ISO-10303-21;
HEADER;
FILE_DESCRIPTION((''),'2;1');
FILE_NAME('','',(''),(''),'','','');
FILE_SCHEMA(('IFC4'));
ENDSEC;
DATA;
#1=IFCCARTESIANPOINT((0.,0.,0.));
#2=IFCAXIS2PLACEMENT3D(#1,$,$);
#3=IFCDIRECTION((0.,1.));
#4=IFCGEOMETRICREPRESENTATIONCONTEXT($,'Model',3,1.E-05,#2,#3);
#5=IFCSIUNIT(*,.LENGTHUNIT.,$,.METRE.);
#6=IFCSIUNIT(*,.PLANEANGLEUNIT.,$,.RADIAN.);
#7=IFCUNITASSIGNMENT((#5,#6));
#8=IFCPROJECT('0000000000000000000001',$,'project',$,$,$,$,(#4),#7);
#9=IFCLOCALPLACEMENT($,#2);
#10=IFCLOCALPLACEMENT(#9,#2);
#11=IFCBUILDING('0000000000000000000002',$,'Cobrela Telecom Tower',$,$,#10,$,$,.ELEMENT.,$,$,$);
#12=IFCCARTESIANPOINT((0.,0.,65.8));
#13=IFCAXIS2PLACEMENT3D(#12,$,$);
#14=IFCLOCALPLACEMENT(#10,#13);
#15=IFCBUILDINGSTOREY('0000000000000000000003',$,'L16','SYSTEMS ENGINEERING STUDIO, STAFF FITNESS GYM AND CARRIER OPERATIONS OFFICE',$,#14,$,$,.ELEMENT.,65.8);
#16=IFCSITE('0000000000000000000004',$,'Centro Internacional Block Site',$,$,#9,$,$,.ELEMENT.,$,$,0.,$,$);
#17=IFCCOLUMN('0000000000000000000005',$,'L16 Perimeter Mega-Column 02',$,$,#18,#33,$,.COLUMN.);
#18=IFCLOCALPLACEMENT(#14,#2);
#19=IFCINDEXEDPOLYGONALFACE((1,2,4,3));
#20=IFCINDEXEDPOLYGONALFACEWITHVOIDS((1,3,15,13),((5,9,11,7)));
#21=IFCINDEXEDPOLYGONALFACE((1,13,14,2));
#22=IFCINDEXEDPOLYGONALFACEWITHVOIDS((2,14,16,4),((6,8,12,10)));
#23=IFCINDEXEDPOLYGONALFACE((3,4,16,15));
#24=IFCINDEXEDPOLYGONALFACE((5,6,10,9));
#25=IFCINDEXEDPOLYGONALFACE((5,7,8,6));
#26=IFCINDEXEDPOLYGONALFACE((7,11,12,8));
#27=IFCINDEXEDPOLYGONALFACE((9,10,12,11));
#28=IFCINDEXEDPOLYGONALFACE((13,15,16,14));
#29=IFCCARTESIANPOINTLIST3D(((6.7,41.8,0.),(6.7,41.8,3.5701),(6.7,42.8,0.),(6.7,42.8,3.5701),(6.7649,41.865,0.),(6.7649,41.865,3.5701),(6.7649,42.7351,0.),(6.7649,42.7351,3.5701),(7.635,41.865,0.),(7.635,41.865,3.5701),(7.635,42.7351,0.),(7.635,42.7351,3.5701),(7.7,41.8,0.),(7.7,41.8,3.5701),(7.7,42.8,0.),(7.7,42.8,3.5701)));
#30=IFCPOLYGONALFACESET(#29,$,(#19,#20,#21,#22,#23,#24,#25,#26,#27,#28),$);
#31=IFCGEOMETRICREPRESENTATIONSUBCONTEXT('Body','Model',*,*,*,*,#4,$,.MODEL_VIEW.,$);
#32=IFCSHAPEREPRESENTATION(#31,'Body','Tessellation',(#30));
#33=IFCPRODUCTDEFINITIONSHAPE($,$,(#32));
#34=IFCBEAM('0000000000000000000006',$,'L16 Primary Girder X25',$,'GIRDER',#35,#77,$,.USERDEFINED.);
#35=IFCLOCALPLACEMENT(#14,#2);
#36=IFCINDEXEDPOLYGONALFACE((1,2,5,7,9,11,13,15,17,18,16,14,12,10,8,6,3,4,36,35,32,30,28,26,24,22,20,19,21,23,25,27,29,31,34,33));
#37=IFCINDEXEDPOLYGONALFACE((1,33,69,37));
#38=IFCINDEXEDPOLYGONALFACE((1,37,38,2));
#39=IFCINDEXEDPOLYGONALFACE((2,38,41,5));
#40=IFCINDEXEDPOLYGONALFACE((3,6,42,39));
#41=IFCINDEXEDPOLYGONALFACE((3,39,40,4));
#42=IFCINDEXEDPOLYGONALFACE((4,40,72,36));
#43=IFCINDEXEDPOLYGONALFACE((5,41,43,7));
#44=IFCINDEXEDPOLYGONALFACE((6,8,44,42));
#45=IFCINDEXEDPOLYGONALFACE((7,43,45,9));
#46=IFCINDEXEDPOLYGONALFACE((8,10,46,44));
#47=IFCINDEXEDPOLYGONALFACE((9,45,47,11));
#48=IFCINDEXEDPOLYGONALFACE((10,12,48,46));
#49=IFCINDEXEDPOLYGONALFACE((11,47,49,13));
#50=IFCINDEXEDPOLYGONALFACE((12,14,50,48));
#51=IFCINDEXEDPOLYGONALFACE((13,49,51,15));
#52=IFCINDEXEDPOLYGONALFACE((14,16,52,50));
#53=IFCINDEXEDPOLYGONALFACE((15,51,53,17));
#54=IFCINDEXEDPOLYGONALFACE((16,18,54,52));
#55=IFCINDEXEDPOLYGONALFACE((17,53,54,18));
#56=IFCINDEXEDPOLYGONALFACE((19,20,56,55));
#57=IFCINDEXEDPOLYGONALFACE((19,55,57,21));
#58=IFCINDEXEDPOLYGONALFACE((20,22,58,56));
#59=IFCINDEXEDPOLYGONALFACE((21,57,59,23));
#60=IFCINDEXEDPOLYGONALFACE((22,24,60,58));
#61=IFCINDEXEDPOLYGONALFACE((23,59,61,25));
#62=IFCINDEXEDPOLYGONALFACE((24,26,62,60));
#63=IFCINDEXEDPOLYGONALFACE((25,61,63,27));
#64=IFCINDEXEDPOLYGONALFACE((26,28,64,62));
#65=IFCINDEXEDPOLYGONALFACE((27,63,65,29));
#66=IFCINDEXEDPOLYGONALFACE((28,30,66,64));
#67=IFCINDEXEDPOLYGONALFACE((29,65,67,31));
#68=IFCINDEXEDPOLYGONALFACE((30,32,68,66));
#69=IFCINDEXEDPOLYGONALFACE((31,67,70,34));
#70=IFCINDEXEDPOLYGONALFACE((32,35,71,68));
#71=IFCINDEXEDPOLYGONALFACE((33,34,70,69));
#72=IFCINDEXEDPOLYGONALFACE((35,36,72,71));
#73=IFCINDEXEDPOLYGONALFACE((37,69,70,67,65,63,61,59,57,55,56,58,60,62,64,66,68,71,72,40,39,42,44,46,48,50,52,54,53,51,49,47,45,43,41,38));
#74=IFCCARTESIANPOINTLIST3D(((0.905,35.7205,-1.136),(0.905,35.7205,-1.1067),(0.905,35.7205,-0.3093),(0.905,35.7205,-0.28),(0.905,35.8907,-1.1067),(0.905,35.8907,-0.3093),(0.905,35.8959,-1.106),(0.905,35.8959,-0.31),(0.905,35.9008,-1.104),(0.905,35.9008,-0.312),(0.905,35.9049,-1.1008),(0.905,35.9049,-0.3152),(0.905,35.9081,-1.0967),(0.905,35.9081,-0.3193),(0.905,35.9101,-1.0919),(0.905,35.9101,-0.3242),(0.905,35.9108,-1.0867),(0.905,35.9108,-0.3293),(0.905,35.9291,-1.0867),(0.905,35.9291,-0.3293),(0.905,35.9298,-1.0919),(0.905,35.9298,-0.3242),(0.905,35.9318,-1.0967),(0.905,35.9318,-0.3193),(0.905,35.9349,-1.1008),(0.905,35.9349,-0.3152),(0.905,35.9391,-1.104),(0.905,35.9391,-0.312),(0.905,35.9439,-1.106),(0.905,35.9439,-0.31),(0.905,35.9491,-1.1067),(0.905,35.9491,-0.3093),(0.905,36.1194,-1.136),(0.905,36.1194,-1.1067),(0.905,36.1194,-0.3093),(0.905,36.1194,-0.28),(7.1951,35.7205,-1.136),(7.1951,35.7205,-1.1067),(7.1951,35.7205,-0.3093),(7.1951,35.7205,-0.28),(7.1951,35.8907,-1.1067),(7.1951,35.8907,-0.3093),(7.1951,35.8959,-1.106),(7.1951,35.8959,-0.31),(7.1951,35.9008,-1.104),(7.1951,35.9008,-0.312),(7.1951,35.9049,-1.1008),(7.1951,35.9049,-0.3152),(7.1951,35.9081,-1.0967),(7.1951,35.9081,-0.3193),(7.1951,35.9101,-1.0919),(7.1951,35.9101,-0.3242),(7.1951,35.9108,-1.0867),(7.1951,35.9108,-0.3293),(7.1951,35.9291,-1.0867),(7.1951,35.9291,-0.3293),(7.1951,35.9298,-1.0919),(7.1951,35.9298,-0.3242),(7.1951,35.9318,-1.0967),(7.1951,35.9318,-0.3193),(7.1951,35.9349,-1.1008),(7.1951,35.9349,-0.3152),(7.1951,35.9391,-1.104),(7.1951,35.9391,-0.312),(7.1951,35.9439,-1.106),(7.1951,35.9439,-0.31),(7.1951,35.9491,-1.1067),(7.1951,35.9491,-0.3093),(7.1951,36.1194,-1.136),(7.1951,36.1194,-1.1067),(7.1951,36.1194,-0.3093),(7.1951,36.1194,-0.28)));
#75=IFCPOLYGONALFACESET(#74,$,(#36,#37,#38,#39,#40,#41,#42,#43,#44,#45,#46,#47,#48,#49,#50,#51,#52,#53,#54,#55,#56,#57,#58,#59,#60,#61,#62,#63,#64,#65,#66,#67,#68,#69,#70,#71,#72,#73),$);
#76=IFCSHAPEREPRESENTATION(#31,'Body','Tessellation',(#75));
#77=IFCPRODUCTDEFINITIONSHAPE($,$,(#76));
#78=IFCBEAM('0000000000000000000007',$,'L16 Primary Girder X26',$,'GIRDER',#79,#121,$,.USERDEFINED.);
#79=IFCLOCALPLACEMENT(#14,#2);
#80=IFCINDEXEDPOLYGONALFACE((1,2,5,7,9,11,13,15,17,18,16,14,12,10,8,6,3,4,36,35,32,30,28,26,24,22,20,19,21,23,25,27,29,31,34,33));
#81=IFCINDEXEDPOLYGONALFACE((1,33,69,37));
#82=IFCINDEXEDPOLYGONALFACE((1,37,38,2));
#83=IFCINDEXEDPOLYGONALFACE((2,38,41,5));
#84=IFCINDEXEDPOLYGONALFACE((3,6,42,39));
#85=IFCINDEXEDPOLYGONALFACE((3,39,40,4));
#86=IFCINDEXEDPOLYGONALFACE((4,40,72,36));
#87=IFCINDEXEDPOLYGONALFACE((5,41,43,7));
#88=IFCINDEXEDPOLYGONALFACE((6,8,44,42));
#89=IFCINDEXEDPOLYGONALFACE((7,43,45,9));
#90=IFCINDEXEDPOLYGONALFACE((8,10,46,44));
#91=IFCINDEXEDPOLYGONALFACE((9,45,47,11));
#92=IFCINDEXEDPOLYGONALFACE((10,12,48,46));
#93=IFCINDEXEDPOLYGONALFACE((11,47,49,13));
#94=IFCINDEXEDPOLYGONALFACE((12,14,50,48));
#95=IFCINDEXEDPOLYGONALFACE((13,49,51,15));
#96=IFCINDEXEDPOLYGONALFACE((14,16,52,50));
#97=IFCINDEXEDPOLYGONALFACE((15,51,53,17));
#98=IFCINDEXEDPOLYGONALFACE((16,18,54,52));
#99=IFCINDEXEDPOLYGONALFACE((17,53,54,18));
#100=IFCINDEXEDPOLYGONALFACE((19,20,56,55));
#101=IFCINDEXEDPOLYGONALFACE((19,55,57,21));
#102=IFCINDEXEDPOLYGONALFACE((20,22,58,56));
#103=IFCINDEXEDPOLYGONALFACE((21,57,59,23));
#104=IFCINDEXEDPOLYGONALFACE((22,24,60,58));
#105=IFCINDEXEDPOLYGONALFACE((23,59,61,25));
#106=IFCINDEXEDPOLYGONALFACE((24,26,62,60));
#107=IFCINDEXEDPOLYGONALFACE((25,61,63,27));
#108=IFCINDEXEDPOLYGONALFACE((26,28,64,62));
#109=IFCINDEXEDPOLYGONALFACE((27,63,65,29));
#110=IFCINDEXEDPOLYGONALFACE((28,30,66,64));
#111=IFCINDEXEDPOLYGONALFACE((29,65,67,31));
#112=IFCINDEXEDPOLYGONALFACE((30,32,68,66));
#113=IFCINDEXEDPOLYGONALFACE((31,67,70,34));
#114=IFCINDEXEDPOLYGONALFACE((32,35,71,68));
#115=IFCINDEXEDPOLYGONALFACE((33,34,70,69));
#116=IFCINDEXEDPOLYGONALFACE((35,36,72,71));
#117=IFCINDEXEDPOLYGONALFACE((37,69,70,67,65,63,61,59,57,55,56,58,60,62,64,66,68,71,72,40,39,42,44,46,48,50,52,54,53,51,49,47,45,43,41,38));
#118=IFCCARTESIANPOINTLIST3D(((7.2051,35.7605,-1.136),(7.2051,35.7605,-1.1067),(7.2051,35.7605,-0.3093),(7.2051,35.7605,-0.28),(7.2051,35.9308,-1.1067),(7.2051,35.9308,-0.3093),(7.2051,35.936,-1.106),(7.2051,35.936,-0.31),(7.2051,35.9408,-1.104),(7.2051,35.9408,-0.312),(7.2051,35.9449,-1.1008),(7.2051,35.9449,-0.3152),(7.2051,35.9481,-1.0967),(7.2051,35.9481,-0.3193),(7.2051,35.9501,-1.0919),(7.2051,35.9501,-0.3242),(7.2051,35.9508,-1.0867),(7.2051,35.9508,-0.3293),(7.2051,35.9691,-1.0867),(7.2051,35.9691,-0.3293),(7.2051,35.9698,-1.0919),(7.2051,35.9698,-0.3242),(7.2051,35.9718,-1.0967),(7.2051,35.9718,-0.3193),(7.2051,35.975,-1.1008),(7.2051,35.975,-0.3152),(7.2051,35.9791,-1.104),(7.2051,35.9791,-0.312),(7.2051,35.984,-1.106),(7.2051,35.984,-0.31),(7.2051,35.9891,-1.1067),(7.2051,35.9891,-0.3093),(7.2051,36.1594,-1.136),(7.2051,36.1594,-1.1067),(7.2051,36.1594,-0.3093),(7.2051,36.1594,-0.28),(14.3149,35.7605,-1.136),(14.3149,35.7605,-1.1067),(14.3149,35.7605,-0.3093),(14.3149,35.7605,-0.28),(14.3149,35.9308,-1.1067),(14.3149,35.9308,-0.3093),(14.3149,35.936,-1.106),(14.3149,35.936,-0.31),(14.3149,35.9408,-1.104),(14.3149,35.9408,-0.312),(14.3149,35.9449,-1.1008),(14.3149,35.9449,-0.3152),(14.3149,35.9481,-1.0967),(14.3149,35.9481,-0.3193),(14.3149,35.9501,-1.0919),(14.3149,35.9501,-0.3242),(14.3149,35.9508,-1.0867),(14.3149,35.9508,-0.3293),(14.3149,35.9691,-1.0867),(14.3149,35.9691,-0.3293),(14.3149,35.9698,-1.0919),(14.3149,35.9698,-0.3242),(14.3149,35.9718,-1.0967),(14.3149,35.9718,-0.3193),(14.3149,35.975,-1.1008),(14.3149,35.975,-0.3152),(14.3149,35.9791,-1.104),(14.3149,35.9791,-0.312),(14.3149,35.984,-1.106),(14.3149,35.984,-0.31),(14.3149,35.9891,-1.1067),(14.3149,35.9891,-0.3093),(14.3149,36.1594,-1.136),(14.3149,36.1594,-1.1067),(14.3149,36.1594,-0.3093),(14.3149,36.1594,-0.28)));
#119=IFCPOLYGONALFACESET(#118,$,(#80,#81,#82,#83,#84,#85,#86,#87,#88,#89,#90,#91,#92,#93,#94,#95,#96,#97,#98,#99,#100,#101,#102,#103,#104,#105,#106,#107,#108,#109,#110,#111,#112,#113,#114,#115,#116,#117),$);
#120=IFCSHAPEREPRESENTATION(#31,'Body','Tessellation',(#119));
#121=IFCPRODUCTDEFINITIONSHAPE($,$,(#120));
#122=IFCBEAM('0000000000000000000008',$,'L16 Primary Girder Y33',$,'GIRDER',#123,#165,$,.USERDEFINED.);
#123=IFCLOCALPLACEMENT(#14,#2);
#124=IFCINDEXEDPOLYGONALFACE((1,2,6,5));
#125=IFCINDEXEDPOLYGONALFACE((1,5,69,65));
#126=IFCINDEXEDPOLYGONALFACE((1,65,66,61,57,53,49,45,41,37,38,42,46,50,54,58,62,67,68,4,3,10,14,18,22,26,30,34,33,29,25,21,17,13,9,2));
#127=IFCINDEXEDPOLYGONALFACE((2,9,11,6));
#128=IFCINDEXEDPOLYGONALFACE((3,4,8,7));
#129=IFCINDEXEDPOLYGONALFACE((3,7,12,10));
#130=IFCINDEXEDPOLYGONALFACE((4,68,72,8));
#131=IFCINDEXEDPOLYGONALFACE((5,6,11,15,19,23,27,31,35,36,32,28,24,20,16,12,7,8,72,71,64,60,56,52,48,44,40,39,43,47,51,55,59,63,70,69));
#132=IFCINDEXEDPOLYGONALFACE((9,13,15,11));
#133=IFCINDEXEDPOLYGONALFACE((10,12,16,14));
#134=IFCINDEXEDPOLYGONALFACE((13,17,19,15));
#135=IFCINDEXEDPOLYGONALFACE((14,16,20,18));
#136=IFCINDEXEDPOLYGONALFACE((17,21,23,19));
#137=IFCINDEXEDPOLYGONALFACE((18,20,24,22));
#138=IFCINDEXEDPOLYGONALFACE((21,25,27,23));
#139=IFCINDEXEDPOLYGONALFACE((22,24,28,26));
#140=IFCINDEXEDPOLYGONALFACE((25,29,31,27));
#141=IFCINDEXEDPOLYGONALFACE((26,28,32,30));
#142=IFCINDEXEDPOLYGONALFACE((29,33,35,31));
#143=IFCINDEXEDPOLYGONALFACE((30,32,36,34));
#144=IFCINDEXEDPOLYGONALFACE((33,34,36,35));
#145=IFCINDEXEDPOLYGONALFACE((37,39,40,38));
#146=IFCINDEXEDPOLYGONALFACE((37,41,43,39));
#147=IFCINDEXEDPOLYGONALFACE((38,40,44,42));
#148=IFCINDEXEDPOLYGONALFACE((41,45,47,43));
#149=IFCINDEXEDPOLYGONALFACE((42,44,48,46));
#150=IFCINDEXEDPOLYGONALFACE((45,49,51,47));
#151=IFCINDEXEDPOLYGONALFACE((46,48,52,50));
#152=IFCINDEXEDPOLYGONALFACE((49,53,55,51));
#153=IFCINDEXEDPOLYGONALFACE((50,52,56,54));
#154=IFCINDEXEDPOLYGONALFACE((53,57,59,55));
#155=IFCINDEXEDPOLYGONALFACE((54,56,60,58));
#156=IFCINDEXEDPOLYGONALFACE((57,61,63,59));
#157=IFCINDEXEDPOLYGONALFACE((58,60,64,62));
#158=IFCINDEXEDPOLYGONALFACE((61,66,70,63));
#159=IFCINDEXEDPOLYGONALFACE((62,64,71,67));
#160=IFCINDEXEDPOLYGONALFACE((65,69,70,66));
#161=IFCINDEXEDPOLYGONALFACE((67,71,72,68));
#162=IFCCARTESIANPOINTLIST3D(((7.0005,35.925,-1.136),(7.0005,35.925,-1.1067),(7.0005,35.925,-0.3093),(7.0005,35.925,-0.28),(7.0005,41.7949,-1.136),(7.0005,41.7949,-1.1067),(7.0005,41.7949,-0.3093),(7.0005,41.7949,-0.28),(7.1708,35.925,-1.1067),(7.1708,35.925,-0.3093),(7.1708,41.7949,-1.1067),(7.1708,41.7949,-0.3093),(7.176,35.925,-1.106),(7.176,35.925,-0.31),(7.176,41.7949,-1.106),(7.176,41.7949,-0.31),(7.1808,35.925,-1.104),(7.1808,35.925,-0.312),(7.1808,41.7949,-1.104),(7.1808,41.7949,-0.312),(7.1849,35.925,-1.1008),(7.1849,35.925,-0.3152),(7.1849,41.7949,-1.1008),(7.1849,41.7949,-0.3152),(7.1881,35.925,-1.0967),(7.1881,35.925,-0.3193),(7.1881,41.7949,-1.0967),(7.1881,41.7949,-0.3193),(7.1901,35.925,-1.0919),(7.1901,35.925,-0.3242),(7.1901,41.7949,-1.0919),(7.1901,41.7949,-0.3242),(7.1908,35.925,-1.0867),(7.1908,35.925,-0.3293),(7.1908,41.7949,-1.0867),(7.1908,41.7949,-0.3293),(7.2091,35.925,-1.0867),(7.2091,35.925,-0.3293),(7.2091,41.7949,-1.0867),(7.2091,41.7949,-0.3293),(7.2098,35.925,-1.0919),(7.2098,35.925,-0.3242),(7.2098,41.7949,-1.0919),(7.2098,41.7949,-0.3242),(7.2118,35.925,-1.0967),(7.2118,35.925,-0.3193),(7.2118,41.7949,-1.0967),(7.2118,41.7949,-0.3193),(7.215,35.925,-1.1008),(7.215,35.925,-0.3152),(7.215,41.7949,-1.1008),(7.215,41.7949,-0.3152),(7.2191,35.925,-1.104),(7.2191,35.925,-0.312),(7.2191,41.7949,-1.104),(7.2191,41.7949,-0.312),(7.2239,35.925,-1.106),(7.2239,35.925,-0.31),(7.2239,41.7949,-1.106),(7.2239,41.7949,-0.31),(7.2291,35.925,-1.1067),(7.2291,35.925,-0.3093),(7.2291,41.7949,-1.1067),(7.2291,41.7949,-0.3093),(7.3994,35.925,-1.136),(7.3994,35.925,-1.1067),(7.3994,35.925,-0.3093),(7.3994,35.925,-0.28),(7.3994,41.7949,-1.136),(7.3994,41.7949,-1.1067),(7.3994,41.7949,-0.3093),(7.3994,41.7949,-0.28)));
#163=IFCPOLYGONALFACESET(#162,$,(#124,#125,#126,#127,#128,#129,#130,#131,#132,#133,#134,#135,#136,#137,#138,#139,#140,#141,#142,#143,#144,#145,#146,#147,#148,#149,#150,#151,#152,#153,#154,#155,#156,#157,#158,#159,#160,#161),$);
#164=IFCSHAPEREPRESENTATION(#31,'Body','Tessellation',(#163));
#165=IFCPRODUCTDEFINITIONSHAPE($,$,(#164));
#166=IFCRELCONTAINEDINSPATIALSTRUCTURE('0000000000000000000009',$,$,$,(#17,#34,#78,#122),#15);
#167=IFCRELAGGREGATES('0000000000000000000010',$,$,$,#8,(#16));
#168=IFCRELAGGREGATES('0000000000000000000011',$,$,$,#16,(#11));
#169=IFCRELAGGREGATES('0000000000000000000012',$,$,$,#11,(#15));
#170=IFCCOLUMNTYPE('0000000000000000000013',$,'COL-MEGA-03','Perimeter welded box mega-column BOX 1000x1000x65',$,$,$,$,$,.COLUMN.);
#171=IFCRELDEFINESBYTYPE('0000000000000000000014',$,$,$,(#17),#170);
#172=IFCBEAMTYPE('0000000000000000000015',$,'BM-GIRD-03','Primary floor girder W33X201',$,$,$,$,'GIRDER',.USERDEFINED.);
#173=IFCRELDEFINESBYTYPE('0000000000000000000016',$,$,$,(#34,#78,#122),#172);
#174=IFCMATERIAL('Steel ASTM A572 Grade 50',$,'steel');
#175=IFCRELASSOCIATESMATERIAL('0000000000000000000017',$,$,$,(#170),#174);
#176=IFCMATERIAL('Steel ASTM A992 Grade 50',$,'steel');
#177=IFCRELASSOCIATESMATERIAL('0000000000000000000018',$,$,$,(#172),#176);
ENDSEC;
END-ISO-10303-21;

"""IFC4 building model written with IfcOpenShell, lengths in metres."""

from ifc_helpers import new_model, si_unit, direction, frame, origin, origin_2d, place, context, subcontext, project, spatial, hollow_rectangle, i_section, extrude, material, material_profile, profile_set, type_object, element, save


model = new_model("IFC4")

# Units and contexts
model_context = context("Model", 3, precision=1e-05, world=origin(), true_north=direction((0.0, 1.0)))
body_context = subcontext(model_context, "Body", "Model", "MODEL_VIEW")
ifc_project = project(units=[si_unit("LENGTHUNIT", "METRE"), si_unit("PLANEANGLEUNIT", "RADIAN")], contexts=[model_context])

# Site, building, storey
site_placement = place(None, origin())
site = spatial("IfcSite", under=ifc_project, at=site_placement, Name="Centro Internacional Block Site", CompositionType="ELEMENT", RefElevation=0.0)
building_placement = place(site_placement, origin())
building = spatial("IfcBuilding", under=site, at=building_placement, Name="Cobrela Telecom Tower", CompositionType="ELEMENT")
storey_placement = place(building_placement, frame((0.0, 0.0, 65.8)))
storey = spatial("IfcBuildingStorey", under=building, at=storey_placement, Name="L16", Description="SYSTEMS ENGINEERING STUDIO, STAFF FITNESS GYM AND CARRIER OPERATIONS OFFICE", CompositionType="ELEMENT", Elevation=65.8)

# Column
ifc_material_1 = material(Name="Steel ASTM A572 Grade 50", Category="steel")
ifc_material_profile_1 = material_profile(ifc_material_1, hollow_rectangle(XDim=1.0, YDim=1.0, WallThickness=0.0649, at=origin_2d()), Name="BOX 1000x1000x65")
ifc_profile_set_1 = profile_set([ifc_material_profile_1], Name="Steel ASTM A572 Grade 50")
column_type = type_object("IfcColumnType", Name="COL-MEGA-03", Description="Perimeter welded box mega-column BOX 1000x1000x65", PredefinedType="COLUMN", material=ifc_profile_set_1)
column_placement = place(storey_placement, frame((7.2, 42.3, 0.0), z_axis=(0.0, 0.0, 1.0), x_axis=(1.0, 0.0, 0.0)))
element("IfcColumn", 1, at=column_placement, inside=storey, type_object=column_type, Name="L16 Perimeter Mega-Column 02", PredefinedType="COLUMN", context=body_context, shape_type="SweptSolid", body=[
    extrude(hollow_rectangle(XDim=1.0, YDim=1.0, WallThickness=0.0649, at=origin_2d()), origin(), (0.0, 0.0, 1.0), 3.5701),
])

# Beams
ifc_material_2 = material(Name="Steel ASTM A992 Grade 50", Category="steel")
ifc_material_profile_2 = material_profile(ifc_material_2, i_section(OverallWidth=0.3989, OverallDepth=0.856, WebThickness=0.0183, FlangeThickness=0.0293, FilletRadius=0.02, at=origin_2d()), Name="W33X201")
ifc_profile_set_2 = profile_set([ifc_material_profile_2], Name="Steel ASTM A992 Grade 50")
beam_type_1 = type_object("IfcBeamType", Name="BM-GIRD-03", Description="Primary floor girder W33X201", ElementType="GIRDER", PredefinedType="USERDEFINED", material=ifc_profile_set_2)
beam_1_placement = place(storey_placement, frame((0.905, 35.9199, -0.708), z_axis=(1.0, 0.0, 0.0), x_axis=(0.0, 1.0, 0.0)))
element("IfcBeam", 2, at=beam_1_placement, inside=storey, type_object=beam_type_1, Name="L16 Primary Girder X25", ObjectType="GIRDER", PredefinedType="USERDEFINED", context=body_context, shape_type="SweptSolid", body=[
    extrude(i_section(OverallWidth=0.3989, OverallDepth=0.856, WebThickness=0.0183, FlangeThickness=0.0293, FilletRadius=0.02, at=origin_2d()), origin(), (0.0, 0.0, 1.0), 6.29),
])
beam_2_placement = place(storey_placement, frame((7.2051, 35.96, -0.708), z_axis=(1.0, 0.0, 0.0), x_axis=(0.0, 1.0, 0.0)))
element("IfcBeam", 3, at=beam_2_placement, inside=storey, type_object=beam_type_1, Name="L16 Primary Girder X26", ObjectType="GIRDER", PredefinedType="USERDEFINED", context=body_context, shape_type="SweptSolid", body=[
    extrude(i_section(OverallWidth=0.3989, OverallDepth=0.856, WebThickness=0.0183, FlangeThickness=0.0293, FilletRadius=0.02, at=origin_2d()), origin(), (0.0, 0.0, 1.0), 7.1099),
])
beam_3_placement = place(storey_placement, frame((7.2, 35.925, -0.708), z_axis=(0.0, 1.0, 0.0), x_axis=(-1.0, 0.0, 0.0)))
element("IfcBeam", 4, at=beam_3_placement, inside=storey, type_object=beam_type_1, Name="L16 Primary Girder Y33", ObjectType="GIRDER", PredefinedType="USERDEFINED", context=body_context, shape_type="SweptSolid", body=[
    extrude(i_section(OverallWidth=0.3989, OverallDepth=0.856, WebThickness=0.0183, FlangeThickness=0.0293, FilletRadius=0.02, at=origin_2d()), origin(), (0.0, 0.0, 1.0), 5.8699),
])

save(model, "model.ifc")
